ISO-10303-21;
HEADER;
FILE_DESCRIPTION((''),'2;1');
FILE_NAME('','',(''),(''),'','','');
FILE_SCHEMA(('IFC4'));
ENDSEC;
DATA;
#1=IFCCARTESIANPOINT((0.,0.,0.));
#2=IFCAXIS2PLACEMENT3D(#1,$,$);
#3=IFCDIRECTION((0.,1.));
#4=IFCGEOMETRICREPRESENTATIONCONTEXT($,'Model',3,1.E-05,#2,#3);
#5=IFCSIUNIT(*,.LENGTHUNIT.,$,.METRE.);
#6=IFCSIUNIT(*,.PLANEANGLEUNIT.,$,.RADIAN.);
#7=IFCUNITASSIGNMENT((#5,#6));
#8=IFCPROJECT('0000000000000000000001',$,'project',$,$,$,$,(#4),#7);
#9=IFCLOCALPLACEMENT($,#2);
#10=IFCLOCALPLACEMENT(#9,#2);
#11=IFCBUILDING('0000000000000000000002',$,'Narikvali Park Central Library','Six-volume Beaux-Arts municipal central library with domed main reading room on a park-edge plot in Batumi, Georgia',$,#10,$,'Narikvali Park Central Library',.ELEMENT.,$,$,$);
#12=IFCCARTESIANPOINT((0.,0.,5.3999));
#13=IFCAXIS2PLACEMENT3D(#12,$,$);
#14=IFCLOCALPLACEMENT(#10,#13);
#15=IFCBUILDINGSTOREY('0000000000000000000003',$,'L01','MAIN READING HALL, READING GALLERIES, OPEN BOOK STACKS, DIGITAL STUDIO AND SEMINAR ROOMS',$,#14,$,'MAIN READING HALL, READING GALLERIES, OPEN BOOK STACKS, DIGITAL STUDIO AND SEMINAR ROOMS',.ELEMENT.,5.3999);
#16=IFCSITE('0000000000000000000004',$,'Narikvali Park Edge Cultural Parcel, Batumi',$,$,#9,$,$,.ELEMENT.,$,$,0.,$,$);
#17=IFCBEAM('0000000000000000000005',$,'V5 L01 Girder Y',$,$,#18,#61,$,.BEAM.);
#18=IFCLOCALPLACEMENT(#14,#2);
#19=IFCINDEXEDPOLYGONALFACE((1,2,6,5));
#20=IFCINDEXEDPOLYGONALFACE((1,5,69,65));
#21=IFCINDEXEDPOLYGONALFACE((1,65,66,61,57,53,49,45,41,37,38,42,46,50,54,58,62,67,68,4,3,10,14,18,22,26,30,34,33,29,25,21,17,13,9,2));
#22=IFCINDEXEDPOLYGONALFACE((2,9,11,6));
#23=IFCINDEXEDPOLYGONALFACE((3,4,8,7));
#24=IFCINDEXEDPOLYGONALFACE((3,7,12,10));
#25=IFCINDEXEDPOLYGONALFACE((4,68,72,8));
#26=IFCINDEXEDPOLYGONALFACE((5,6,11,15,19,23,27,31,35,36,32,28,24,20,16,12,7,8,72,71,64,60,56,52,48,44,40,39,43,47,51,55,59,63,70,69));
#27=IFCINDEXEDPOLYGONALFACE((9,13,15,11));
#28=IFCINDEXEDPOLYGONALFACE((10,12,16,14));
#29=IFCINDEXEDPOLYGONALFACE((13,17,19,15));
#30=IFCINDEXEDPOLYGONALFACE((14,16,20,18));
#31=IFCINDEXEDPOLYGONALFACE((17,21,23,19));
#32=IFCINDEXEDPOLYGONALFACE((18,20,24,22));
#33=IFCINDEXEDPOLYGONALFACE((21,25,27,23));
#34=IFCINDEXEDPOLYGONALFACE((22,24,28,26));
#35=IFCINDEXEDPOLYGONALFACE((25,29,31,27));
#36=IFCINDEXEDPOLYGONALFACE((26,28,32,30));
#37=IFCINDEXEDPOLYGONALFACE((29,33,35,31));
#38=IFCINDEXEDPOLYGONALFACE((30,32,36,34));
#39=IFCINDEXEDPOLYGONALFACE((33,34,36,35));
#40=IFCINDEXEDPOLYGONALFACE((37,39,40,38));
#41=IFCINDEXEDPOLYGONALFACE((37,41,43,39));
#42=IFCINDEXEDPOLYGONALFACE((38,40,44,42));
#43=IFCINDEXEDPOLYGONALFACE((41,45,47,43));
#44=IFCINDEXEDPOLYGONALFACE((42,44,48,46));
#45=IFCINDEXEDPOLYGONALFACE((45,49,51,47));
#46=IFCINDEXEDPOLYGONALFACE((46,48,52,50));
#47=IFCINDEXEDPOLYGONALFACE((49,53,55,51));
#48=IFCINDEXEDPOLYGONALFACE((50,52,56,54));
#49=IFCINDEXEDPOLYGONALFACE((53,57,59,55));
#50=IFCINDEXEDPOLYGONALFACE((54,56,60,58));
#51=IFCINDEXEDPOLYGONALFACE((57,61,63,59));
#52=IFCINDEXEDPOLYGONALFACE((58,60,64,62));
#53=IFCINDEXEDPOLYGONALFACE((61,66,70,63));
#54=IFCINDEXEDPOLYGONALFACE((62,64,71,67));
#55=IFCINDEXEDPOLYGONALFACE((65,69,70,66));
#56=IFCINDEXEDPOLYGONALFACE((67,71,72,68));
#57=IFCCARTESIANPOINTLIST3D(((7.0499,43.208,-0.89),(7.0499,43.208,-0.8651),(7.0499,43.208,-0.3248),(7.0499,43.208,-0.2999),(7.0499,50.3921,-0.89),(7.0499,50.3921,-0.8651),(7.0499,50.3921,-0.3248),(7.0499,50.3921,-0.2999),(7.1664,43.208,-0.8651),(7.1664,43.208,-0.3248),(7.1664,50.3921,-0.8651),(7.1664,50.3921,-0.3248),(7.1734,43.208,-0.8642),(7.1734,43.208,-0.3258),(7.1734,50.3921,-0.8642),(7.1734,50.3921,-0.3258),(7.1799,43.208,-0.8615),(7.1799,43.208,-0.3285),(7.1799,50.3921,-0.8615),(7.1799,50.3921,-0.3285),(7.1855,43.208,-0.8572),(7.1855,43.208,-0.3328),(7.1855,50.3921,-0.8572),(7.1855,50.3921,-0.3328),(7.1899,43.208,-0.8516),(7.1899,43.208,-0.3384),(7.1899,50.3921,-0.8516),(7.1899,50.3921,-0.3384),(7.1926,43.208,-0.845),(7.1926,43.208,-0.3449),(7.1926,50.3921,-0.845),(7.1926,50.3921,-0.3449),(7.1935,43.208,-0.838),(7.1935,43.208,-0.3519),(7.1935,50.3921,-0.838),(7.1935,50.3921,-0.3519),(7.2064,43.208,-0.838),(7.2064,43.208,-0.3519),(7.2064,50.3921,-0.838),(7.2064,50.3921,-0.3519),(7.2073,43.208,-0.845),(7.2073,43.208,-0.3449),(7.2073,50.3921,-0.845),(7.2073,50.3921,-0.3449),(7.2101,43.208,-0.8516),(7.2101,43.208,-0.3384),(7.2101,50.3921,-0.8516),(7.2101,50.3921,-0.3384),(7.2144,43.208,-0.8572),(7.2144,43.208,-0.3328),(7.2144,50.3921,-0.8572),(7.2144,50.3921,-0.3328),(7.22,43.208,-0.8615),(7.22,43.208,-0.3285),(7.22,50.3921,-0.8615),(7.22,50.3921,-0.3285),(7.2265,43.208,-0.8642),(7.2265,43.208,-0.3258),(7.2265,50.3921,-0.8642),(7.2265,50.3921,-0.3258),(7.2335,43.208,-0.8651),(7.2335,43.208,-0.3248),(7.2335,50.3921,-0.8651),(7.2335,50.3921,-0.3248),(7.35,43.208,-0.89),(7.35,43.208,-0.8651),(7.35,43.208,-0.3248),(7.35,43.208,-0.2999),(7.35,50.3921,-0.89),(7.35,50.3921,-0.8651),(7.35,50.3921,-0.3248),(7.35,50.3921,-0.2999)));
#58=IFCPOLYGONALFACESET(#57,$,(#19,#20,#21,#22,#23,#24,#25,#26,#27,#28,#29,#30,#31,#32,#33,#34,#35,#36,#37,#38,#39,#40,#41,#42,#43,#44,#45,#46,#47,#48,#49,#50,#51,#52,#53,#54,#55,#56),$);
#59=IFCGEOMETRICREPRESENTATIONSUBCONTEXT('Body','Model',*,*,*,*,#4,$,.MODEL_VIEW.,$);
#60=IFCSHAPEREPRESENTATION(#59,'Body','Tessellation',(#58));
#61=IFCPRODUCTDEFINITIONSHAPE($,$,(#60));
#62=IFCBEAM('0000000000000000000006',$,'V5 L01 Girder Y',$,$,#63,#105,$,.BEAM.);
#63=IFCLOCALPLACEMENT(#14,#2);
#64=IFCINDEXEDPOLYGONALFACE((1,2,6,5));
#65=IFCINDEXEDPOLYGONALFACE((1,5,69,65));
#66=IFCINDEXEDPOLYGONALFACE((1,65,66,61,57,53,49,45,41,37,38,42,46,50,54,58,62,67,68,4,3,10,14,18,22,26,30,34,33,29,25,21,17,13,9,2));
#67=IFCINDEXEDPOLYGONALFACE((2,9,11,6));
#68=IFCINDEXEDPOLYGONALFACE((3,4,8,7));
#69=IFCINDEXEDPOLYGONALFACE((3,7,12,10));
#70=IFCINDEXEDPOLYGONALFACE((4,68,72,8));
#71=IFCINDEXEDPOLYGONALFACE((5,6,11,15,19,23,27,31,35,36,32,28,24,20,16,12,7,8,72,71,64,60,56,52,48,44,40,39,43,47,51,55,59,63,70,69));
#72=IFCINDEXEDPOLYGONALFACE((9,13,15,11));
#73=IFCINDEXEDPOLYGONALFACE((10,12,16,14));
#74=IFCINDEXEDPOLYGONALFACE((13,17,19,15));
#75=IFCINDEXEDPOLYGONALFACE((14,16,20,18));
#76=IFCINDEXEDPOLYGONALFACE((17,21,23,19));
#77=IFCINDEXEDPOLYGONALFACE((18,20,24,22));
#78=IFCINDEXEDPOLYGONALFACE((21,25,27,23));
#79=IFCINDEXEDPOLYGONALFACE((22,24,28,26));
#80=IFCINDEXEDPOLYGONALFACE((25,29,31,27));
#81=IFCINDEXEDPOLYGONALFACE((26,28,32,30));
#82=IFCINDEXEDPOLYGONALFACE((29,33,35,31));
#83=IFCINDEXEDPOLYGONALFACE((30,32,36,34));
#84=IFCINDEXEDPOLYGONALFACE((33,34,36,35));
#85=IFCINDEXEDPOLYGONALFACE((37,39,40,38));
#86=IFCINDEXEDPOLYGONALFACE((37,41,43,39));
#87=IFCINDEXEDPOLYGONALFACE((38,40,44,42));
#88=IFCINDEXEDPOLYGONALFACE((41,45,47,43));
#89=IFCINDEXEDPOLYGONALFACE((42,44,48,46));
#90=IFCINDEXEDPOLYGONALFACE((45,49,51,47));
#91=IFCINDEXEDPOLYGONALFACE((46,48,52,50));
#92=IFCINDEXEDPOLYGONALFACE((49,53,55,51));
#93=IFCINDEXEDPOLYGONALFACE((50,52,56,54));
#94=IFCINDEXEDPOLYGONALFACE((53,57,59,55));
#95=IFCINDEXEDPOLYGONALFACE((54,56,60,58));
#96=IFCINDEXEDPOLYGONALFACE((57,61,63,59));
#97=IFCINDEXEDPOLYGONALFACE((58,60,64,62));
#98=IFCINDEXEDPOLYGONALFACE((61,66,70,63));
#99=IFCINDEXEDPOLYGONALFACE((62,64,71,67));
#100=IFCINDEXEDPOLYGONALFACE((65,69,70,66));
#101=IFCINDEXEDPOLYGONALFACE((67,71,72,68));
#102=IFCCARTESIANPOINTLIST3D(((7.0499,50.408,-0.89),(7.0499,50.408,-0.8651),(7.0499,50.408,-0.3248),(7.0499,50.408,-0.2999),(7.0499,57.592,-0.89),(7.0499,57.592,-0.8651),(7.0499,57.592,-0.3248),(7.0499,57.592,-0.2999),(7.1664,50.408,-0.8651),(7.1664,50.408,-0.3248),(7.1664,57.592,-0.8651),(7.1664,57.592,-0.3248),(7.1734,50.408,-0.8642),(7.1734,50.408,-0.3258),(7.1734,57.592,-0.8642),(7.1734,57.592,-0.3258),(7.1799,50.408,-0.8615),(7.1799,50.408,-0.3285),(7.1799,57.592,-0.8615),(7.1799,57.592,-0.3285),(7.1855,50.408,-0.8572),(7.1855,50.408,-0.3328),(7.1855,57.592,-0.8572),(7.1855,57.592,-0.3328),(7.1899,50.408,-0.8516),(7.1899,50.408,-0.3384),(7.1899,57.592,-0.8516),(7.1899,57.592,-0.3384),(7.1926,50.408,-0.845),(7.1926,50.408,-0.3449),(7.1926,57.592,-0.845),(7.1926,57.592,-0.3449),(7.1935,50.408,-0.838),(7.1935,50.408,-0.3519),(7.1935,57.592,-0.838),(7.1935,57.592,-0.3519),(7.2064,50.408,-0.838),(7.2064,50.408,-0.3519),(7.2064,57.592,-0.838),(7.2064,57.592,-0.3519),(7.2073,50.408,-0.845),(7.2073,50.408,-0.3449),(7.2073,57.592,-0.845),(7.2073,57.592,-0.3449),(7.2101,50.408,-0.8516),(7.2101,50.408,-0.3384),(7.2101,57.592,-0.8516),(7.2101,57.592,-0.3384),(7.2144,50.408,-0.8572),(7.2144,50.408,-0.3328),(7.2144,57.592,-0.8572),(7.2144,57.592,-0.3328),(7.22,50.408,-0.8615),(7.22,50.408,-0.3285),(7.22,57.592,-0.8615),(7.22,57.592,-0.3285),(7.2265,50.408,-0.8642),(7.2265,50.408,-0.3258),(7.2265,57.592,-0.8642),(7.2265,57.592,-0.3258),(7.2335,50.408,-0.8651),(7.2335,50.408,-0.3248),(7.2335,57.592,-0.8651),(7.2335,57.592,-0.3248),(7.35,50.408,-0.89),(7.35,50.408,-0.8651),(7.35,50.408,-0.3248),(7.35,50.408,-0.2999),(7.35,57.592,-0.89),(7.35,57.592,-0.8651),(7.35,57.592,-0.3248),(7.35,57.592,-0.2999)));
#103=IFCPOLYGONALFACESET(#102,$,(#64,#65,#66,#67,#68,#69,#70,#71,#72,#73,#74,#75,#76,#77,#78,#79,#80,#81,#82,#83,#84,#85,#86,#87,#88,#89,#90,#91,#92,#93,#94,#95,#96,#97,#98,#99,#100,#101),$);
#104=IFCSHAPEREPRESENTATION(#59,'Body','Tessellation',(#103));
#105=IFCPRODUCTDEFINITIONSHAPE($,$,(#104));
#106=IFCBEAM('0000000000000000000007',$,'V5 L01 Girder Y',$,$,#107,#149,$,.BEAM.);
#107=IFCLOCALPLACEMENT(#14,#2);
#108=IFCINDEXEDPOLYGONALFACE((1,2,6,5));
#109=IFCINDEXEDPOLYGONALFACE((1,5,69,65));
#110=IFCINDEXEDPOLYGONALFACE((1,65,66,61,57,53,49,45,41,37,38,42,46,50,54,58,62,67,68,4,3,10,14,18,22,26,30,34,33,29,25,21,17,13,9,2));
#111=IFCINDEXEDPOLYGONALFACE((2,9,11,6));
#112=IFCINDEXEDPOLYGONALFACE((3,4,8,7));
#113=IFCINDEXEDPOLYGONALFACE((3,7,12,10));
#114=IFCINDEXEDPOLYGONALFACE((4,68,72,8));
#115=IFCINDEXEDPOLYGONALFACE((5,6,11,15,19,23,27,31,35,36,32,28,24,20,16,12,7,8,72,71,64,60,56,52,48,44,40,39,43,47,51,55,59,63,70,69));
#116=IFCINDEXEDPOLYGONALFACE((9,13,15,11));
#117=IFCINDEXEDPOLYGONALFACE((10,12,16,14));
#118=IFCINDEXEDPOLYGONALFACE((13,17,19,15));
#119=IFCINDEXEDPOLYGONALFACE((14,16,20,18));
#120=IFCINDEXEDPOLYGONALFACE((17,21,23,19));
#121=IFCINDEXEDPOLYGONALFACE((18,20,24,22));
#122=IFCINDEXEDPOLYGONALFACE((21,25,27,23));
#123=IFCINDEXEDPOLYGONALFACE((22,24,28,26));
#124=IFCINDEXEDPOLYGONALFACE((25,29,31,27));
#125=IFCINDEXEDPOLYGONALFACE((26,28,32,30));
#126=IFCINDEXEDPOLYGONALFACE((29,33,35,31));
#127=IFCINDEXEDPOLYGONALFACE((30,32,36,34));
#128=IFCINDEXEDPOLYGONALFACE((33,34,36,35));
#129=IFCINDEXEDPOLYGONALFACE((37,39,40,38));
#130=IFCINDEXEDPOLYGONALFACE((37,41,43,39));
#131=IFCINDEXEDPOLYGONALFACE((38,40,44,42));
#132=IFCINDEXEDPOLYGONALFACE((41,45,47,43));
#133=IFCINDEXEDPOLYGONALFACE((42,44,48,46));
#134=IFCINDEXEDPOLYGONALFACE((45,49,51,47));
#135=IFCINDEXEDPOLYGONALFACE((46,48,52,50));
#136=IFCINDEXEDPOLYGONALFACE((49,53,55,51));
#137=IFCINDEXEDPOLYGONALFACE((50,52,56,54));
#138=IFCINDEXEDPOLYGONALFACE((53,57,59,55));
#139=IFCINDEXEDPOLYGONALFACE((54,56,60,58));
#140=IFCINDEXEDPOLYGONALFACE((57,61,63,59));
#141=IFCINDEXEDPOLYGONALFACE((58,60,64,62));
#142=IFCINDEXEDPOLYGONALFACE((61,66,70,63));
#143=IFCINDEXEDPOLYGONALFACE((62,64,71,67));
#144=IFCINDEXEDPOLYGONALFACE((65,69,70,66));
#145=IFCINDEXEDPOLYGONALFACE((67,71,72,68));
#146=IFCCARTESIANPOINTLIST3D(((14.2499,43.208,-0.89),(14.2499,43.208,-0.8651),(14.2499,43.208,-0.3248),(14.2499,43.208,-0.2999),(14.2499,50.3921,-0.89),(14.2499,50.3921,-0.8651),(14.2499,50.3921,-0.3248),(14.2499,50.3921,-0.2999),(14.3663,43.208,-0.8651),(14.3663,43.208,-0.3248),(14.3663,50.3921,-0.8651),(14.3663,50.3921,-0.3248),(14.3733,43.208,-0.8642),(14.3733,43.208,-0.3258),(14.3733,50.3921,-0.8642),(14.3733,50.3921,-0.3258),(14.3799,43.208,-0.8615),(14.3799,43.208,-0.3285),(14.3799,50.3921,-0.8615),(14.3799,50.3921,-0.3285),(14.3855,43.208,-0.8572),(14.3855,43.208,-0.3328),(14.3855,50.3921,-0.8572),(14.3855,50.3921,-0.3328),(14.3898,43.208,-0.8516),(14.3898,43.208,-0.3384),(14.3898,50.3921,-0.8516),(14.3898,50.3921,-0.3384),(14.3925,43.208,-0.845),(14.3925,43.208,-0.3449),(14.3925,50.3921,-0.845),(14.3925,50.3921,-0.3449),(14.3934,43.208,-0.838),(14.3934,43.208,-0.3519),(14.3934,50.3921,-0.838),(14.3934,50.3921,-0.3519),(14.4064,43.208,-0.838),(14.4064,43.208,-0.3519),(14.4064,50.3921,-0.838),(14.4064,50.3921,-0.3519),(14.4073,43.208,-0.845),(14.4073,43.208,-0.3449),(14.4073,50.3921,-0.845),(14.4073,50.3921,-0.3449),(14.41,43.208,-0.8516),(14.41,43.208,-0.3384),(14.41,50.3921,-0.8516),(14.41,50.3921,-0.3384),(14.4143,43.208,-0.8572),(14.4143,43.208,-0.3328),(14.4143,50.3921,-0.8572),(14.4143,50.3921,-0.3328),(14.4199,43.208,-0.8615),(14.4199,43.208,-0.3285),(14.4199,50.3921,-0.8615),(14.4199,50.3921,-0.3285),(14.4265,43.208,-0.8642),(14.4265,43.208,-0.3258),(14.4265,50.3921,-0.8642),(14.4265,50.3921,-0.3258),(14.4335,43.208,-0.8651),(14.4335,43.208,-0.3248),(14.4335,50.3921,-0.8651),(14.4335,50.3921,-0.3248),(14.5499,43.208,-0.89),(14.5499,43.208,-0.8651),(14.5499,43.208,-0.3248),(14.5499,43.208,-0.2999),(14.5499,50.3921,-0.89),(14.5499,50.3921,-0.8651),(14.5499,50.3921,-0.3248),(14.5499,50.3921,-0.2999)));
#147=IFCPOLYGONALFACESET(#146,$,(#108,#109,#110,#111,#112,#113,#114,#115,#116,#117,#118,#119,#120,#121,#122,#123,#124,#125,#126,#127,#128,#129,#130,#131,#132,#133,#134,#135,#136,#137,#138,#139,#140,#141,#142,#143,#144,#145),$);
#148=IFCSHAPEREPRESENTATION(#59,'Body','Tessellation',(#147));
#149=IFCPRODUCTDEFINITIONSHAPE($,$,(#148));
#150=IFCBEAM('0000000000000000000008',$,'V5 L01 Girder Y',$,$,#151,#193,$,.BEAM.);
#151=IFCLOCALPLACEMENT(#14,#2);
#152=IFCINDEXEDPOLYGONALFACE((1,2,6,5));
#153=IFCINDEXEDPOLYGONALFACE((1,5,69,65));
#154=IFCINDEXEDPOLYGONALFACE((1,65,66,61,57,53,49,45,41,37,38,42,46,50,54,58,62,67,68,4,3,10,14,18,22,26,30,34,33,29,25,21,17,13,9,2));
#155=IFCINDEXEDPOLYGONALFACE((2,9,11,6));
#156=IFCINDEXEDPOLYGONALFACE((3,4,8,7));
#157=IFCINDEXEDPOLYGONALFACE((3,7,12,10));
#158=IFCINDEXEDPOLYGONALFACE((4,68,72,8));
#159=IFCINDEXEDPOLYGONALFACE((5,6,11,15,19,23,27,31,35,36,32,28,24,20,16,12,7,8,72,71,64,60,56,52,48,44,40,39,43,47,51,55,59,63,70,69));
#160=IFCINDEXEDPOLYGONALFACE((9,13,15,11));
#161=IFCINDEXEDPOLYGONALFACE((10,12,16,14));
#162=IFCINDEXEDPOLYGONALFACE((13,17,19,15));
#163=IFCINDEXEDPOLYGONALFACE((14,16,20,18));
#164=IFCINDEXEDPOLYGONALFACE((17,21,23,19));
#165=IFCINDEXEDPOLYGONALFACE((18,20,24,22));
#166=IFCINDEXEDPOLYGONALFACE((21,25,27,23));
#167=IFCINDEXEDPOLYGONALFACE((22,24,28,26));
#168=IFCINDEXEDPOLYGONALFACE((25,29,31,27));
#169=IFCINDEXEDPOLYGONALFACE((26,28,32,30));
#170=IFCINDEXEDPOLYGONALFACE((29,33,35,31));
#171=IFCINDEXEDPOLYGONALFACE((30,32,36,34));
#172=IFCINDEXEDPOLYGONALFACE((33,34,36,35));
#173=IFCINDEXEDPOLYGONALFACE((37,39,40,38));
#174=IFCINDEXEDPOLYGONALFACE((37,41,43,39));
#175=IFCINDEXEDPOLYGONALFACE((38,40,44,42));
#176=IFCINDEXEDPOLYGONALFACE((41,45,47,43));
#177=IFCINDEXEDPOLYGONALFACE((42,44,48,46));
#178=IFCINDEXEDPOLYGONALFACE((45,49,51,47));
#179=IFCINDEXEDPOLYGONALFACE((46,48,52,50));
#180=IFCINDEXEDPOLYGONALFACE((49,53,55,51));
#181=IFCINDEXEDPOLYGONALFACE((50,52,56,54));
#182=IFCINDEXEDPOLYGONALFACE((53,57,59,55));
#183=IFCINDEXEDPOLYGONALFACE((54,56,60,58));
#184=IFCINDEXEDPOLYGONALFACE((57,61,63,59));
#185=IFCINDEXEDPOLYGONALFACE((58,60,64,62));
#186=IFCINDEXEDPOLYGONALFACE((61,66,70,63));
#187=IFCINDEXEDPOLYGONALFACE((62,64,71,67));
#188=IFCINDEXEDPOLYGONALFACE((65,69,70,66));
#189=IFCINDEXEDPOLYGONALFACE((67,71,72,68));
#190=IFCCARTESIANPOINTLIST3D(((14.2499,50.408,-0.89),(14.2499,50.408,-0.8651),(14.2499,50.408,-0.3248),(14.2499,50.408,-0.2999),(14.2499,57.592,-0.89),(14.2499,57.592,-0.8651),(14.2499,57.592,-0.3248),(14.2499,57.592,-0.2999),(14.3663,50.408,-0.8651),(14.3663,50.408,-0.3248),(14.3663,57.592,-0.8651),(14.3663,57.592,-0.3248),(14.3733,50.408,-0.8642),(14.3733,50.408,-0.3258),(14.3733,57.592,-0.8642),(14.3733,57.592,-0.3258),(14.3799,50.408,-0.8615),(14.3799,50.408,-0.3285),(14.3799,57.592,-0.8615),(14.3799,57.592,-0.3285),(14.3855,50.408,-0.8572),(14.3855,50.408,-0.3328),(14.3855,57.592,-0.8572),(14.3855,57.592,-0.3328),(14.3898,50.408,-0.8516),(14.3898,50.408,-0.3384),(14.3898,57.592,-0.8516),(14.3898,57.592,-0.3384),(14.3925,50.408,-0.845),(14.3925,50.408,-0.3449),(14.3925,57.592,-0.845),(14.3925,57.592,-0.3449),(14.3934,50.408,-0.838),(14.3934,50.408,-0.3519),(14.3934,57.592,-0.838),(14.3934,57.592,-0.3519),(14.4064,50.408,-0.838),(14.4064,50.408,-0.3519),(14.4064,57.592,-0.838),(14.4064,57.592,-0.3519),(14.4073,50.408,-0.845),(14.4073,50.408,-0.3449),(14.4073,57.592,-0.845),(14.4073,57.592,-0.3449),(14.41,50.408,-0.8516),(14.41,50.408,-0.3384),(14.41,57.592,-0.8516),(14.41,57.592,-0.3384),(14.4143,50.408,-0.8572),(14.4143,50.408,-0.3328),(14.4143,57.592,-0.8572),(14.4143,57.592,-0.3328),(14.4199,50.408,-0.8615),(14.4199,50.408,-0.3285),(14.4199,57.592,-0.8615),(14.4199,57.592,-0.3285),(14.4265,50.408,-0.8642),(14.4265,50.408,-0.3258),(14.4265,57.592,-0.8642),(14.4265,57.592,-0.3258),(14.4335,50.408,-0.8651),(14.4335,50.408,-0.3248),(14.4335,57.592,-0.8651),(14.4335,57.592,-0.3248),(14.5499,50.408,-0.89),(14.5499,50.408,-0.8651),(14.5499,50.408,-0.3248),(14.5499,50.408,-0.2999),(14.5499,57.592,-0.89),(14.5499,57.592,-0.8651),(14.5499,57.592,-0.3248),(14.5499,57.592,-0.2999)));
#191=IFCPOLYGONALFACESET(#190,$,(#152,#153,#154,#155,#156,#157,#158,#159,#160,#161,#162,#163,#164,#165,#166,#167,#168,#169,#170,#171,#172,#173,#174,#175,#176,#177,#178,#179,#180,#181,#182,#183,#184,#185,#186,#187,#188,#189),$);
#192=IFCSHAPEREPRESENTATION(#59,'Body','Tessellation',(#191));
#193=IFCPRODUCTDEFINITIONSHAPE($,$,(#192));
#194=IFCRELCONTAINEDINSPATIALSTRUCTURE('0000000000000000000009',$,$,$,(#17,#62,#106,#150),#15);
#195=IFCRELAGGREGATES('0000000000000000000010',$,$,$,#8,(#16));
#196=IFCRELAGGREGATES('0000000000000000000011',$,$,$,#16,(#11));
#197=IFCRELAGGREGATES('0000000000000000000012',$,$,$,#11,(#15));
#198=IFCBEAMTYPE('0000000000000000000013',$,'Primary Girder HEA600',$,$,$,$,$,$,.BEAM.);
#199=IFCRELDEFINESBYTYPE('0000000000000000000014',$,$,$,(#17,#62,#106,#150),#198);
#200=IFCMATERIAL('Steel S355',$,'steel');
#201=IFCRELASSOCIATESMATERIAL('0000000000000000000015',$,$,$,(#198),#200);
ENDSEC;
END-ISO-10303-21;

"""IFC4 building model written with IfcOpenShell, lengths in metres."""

from ifc_helpers import new_model, si_unit, direction, frame, origin, origin_2d, place, context, subcontext, project, spatial, i_section, extrude, material, material_profile, profile_set, type_object, element, save


model = new_model("IFC4")

# Units and contexts
model_context = context("Model", 3, precision=1e-05, world=origin(), true_north=direction((0.0, 1.0)))
body_context = subcontext(model_context, "Body", "Model", "MODEL_VIEW")
ifc_project = project(units=[si_unit("LENGTHUNIT", "METRE"), si_unit("PLANEANGLEUNIT", "RADIAN")], contexts=[model_context])

# Site, building, storey
site_placement = place(None, origin())
site = spatial("IfcSite", under=ifc_project, at=site_placement, Name="Narikvali Park Edge Cultural Parcel, Batumi", CompositionType="ELEMENT", RefElevation=0.0)
building_placement = place(site_placement, origin())
building = spatial("IfcBuilding", under=site, at=building_placement, Name="Narikvali Park Central Library", Description="Six-volume Beaux-Arts municipal central library with domed main reading room on a park-edge plot in Batumi, Georgia", LongName="Narikvali Park Central Library", CompositionType="ELEMENT")
storey_placement = place(building_placement, frame((0.0, 0.0, 5.3999)))
storey = spatial("IfcBuildingStorey", under=building, at=storey_placement, Name="L01", Description="MAIN READING HALL, READING GALLERIES, OPEN BOOK STACKS, DIGITAL STUDIO AND SEMINAR ROOMS", LongName="MAIN READING HALL, READING GALLERIES, OPEN BOOK STACKS, DIGITAL STUDIO AND SEMINAR ROOMS", CompositionType="ELEMENT", Elevation=5.3999)

# Shared definitions
ifc_material_1 = material(Name="Steel S355", Category="steel")

# Beams
ifc_material_profile_1 = material_profile(ifc_material_1, i_section(OverallWidth=0.3, OverallDepth=0.5901, WebThickness=0.0129, FlangeThickness=0.0249, FilletRadius=0.0271, at=origin_2d()), Name="HEA 600")
ifc_profile_set_1 = profile_set([ifc_material_profile_1], Name="Steel S355")
beam_type_1 = type_object("IfcBeamType", Name="Primary Girder HEA600", PredefinedType="BEAM", material=ifc_profile_set_1)
for number, where, z_axis, x_axis, name in (
    (1, (7.2, 43.208, -0.595), (0.0, 1.0, 0.0), (-1.0, 0.0, 0.0), "V5 L01 Girder Y"),
    (2, (7.2, 50.408, -0.595), (0.0, 1.0, 0.0), (-1.0, 0.0, 0.0), "V5 L01 Girder Y"),
    (3, (14.3999, 43.208, -0.595), (0.0, 1.0, 0.0), (-1.0, 0.0, 0.0), "V5 L01 Girder Y"),
    (4, (14.3999, 50.408, -0.595), (0.0, 1.0, 0.0), (-1.0, 0.0, 0.0), "V5 L01 Girder Y"),
):
    element("IfcBeam", number, at=place(storey_placement, frame(where, z_axis=z_axis, x_axis=x_axis)), inside=storey, type_object=beam_type_1, Name=name, PredefinedType="BEAM", context=body_context, shape_type="SweptSolid", body=[
        extrude(i_section(OverallWidth=0.3, OverallDepth=0.5901, WebThickness=0.0129, FlangeThickness=0.0249, FilletRadius=0.0271, at=origin_2d()), origin(), (0.0, 0.0, 1.0), 7.1841),
    ])

save(model, "model.ifc")
